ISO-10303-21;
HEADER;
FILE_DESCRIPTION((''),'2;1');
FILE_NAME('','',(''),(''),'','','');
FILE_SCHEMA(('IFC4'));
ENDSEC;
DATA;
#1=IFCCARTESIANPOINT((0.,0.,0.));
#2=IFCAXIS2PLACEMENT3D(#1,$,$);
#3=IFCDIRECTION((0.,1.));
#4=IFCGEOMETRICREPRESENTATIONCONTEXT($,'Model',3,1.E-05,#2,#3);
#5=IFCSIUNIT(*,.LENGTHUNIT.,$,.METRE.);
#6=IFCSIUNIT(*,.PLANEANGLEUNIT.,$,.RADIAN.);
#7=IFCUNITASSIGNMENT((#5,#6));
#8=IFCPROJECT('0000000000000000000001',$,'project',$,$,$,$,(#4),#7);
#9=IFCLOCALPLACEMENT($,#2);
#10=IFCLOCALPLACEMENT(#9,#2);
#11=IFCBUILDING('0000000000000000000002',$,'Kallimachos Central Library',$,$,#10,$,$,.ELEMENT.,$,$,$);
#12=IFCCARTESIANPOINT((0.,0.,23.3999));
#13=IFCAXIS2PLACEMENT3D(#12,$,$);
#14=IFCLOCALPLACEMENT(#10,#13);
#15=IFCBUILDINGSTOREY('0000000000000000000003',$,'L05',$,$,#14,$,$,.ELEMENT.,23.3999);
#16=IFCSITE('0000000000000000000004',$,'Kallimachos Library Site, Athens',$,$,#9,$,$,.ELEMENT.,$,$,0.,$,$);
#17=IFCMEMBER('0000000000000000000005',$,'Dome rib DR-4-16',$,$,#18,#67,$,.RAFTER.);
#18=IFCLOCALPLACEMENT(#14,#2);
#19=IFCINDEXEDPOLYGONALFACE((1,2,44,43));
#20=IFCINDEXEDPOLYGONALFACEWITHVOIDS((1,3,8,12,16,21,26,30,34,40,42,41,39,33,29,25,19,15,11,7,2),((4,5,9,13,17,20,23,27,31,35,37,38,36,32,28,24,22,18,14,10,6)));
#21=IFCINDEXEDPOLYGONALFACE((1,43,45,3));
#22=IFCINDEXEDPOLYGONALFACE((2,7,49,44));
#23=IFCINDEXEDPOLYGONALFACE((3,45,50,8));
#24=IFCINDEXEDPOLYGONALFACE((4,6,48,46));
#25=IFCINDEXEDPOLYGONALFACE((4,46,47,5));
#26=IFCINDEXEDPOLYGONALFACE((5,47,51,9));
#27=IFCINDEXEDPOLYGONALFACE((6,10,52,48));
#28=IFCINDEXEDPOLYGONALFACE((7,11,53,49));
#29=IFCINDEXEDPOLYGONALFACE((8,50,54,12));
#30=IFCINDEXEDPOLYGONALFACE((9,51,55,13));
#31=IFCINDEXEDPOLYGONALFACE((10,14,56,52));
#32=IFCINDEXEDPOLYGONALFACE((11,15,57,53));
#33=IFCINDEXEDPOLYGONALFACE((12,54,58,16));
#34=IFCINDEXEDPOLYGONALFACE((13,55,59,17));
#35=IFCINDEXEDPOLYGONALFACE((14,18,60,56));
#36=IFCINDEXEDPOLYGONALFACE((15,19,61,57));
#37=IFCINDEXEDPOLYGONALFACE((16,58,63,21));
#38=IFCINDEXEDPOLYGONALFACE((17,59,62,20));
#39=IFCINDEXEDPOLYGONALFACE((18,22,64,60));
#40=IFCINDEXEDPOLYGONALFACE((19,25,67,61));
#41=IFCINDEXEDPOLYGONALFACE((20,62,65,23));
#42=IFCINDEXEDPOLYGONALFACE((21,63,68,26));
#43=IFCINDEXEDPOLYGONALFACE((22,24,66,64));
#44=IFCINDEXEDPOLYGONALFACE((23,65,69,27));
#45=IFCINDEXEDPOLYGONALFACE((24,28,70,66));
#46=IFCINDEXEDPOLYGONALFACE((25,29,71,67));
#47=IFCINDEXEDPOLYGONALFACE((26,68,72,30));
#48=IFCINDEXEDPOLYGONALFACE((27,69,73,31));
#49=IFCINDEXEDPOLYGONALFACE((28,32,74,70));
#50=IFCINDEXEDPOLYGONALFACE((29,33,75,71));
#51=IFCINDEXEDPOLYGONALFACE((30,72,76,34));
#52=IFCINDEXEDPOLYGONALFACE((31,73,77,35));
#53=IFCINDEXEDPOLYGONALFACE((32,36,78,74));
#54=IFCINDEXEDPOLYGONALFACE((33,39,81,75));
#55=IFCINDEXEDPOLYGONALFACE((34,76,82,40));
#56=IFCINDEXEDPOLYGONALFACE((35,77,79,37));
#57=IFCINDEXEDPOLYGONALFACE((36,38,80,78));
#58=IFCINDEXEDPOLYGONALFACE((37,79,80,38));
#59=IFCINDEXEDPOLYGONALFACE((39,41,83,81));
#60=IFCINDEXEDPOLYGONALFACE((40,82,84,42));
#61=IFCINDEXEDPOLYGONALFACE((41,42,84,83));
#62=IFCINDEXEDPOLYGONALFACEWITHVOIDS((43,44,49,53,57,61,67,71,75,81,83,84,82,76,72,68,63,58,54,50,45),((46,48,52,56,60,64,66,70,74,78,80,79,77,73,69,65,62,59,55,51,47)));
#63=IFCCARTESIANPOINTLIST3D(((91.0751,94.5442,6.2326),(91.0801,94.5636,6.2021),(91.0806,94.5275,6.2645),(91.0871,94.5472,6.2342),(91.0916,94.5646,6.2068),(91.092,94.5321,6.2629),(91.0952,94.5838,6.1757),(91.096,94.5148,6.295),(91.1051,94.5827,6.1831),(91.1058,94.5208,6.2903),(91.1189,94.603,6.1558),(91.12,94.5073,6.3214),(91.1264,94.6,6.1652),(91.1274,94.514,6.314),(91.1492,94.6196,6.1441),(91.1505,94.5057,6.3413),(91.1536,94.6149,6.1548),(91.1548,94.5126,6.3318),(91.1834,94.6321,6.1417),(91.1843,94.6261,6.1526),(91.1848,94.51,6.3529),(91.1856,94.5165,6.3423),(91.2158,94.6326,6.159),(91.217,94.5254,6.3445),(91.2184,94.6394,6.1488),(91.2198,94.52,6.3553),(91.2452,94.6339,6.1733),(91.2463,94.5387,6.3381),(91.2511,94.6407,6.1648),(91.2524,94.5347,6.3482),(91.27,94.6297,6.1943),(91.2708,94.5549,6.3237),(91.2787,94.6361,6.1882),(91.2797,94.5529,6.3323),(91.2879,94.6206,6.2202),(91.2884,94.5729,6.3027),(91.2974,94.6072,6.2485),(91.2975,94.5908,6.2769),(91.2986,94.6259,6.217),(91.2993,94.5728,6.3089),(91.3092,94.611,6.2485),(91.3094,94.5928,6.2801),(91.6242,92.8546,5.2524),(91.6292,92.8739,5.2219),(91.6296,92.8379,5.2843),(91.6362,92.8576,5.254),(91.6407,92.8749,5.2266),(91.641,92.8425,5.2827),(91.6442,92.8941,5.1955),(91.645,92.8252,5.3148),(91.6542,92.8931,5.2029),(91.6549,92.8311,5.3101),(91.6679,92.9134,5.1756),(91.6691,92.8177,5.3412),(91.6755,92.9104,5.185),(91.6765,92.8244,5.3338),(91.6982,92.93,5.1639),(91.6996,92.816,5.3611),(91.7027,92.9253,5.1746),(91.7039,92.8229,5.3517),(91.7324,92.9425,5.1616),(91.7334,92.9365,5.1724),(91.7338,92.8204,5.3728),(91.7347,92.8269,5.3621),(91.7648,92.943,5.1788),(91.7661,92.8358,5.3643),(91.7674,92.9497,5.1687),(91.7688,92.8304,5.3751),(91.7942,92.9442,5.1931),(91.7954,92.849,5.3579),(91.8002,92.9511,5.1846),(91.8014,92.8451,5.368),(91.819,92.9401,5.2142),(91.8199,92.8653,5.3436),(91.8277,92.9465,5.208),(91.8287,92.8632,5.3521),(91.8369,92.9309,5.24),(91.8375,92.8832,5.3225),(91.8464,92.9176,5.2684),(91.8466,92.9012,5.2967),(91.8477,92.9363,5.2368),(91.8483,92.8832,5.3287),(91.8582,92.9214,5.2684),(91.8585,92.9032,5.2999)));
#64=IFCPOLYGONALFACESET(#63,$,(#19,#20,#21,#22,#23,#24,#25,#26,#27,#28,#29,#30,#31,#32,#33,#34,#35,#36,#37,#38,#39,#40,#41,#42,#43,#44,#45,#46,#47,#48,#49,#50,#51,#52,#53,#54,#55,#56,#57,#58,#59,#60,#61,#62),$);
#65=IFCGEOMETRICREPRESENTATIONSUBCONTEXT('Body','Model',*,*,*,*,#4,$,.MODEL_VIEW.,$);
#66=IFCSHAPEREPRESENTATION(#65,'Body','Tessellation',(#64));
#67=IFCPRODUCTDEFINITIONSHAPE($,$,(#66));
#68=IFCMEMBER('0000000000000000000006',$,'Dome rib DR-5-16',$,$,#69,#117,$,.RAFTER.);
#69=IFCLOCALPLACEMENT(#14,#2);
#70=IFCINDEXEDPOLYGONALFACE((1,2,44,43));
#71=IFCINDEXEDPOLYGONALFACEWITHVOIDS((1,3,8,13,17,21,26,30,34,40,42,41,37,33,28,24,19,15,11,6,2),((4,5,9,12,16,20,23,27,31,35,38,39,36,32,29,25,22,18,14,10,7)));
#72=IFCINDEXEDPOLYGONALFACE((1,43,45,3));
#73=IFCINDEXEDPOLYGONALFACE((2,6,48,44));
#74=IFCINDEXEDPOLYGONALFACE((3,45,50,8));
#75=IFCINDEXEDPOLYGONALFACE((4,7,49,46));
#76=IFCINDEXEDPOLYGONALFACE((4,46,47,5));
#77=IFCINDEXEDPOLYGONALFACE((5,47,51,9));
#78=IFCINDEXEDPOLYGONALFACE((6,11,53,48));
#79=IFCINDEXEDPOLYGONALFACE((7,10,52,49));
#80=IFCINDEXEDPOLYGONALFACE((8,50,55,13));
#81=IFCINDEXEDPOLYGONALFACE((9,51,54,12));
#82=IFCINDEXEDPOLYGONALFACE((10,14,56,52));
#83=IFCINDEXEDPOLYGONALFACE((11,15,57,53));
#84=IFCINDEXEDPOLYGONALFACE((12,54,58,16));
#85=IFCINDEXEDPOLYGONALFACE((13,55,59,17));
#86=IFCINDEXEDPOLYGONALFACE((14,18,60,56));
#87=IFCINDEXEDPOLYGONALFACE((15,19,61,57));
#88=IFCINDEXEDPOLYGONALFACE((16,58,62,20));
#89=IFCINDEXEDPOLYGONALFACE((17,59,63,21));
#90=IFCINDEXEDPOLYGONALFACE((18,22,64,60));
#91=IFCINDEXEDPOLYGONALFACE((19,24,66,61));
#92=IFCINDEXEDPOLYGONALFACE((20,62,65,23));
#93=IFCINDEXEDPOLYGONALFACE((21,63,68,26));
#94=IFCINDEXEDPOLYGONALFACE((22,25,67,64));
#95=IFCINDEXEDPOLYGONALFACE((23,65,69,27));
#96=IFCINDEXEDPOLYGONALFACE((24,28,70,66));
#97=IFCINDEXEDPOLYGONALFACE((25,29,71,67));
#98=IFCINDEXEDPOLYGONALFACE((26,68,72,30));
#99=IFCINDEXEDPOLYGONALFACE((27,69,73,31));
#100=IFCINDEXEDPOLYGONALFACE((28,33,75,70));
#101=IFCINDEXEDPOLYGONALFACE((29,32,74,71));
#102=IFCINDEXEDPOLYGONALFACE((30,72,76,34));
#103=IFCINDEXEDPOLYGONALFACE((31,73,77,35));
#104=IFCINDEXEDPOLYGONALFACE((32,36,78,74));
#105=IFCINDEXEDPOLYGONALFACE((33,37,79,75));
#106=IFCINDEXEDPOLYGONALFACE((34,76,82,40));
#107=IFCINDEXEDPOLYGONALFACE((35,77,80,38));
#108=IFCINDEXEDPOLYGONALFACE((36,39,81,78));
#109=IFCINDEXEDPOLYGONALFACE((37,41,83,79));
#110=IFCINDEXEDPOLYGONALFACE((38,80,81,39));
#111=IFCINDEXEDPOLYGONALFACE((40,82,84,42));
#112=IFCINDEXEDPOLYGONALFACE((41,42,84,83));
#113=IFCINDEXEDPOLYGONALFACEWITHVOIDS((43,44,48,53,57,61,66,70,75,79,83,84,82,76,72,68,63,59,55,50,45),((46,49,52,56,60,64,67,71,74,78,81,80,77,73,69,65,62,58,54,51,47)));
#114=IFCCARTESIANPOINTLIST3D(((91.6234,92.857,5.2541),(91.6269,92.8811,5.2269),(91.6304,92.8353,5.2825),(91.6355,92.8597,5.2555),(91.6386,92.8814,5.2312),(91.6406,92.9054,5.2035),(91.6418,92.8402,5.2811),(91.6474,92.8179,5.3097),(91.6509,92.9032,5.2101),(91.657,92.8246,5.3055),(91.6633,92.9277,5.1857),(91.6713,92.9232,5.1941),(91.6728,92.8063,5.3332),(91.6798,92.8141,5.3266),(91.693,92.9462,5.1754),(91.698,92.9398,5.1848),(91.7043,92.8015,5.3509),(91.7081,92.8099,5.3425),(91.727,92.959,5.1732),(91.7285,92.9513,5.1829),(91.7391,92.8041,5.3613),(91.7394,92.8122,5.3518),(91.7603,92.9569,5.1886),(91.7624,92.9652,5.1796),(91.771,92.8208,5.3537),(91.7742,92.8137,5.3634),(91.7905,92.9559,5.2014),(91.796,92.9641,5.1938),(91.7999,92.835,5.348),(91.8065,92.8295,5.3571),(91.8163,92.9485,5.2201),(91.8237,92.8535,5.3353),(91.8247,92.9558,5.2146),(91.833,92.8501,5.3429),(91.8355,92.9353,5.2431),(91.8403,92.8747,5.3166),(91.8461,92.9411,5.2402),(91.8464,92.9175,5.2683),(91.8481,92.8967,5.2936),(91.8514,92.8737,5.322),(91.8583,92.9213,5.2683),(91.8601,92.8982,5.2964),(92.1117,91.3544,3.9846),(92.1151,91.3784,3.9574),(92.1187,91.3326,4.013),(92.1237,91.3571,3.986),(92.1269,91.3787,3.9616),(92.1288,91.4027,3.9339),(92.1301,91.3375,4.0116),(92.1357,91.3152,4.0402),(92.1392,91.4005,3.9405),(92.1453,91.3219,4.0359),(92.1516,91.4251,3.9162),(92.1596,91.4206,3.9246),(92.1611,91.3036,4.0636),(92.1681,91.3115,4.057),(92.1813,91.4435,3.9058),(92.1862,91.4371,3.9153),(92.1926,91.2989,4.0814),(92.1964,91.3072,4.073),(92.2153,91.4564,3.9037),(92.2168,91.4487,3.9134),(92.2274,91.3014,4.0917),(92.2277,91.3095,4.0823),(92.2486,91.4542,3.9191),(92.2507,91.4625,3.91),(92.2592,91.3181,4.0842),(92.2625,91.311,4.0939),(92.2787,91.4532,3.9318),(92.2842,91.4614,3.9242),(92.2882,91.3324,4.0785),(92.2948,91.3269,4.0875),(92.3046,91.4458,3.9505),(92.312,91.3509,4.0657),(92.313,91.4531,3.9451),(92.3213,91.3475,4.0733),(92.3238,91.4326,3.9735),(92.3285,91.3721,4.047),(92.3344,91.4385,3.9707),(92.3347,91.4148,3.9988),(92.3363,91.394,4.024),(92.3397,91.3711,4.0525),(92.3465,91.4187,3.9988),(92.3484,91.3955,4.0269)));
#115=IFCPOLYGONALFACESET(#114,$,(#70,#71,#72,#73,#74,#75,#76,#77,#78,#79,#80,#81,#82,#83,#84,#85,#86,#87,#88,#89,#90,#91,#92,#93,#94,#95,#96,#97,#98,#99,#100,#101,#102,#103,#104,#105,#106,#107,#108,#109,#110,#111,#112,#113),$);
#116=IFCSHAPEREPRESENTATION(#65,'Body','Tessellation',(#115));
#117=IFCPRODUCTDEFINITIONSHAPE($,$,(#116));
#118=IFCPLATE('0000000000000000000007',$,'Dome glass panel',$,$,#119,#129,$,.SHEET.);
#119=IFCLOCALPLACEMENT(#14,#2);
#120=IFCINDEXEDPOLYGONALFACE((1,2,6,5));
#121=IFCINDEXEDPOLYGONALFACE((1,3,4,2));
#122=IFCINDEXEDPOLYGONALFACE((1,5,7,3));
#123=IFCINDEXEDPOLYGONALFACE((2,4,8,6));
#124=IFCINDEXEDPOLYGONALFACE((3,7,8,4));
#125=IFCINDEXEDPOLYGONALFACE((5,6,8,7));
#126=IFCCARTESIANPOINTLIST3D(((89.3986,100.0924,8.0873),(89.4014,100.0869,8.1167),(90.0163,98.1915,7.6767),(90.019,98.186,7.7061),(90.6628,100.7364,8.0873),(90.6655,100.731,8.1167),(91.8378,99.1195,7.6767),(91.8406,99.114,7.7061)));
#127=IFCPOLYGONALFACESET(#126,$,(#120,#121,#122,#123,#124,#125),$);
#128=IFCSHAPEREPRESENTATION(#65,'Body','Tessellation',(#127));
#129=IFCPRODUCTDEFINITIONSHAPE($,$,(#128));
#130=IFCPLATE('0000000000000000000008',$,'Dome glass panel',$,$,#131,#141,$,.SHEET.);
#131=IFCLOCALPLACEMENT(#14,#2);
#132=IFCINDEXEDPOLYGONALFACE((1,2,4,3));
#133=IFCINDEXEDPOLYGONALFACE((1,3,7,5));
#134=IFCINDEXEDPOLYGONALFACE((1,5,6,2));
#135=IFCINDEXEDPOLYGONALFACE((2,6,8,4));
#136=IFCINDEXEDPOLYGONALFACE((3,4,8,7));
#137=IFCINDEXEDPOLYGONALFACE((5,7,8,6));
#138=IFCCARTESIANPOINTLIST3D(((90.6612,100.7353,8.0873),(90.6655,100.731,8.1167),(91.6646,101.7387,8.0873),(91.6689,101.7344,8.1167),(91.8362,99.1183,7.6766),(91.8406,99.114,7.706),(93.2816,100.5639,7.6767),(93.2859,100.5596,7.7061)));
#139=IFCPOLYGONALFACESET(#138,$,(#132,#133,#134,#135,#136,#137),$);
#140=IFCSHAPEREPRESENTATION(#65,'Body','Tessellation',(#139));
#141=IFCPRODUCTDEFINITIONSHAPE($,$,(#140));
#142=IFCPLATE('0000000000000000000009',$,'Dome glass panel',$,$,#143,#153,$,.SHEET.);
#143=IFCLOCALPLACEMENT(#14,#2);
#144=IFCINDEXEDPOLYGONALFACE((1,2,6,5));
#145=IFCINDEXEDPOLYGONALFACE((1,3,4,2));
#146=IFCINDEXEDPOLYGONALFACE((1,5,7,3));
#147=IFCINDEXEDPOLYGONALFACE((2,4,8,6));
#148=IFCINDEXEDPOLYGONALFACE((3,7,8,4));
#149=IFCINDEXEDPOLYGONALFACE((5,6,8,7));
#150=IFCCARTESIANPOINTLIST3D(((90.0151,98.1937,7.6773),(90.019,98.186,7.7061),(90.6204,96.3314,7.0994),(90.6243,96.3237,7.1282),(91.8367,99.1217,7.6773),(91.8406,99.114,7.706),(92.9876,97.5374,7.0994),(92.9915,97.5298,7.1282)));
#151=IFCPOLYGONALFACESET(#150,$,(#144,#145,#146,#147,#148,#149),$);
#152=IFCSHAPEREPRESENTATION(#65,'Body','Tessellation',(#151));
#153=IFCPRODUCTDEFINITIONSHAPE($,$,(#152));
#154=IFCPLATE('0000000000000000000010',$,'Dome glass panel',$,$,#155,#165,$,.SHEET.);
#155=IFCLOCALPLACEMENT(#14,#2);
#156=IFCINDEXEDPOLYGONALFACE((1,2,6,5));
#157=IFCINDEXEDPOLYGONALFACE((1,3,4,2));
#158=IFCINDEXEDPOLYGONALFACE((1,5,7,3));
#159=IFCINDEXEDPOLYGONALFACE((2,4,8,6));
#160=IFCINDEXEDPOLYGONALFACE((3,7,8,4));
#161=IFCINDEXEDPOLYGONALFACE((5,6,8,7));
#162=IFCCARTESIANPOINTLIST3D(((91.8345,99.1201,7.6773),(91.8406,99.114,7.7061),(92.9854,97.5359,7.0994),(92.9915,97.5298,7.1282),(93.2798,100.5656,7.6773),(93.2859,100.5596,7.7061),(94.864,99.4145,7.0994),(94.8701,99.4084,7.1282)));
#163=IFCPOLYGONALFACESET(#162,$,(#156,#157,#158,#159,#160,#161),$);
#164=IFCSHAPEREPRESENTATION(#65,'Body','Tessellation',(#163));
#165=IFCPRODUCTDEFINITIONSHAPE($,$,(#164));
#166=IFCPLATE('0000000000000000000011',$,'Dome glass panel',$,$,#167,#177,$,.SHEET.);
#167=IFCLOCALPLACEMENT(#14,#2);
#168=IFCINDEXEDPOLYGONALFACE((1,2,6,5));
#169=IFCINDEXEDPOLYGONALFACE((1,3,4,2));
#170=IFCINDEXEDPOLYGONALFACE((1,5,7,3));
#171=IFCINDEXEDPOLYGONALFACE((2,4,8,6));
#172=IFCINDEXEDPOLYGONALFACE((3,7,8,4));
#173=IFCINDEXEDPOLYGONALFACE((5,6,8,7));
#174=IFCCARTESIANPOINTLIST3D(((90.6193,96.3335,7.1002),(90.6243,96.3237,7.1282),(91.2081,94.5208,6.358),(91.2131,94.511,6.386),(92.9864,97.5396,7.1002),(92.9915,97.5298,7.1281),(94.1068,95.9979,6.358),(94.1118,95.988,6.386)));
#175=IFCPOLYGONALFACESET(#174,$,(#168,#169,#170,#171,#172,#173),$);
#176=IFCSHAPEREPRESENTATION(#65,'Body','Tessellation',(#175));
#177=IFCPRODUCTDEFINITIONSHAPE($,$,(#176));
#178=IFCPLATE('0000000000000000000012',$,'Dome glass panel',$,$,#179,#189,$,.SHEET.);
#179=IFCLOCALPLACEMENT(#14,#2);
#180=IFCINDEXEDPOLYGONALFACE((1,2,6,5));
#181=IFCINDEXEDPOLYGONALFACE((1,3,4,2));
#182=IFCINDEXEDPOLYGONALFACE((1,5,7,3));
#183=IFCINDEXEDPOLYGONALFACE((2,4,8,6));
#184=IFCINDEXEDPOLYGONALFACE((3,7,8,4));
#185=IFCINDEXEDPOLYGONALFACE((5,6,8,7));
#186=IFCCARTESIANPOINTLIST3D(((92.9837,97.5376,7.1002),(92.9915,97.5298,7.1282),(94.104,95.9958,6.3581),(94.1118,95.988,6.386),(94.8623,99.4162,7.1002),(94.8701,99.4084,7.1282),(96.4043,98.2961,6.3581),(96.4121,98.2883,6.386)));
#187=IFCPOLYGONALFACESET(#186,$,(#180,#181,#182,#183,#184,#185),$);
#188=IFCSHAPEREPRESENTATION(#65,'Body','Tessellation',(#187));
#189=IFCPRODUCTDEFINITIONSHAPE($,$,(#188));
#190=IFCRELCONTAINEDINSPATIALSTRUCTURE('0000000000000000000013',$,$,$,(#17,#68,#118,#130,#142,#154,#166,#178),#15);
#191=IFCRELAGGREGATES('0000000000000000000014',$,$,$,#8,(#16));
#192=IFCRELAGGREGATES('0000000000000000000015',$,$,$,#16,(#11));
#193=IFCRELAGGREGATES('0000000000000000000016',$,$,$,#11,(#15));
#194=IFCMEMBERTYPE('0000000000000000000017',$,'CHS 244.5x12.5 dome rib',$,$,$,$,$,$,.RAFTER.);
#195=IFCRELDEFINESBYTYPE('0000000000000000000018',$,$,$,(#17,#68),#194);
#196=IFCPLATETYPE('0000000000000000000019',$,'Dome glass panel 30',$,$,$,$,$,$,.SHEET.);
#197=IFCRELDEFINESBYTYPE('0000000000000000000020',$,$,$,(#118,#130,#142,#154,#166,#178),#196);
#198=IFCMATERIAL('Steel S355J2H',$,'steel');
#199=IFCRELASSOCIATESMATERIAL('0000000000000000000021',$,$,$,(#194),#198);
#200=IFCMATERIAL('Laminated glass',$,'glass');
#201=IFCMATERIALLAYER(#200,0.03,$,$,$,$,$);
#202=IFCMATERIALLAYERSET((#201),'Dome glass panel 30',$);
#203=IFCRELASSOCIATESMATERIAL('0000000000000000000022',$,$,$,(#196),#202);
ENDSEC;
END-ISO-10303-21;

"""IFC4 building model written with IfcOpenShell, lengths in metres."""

from ifc_helpers import new_model, si_unit, direction, frame, origin, origin_2d, place, context, subcontext, project, spatial, polyline, hollow_circle, outline, extrude, material, layer, layer_set, material_profile, profile_set, type_object, element, save


model = new_model("IFC4")

# Units and contexts
model_context = context("Model", 3, precision=1e-05, world=origin(), true_north=direction((0.0, 1.0)))
body_context = subcontext(model_context, "Body", "Model", "MODEL_VIEW")
ifc_project = project(units=[si_unit("LENGTHUNIT", "METRE"), si_unit("PLANEANGLEUNIT", "RADIAN")], contexts=[model_context])

# Site, building, storey
site_placement = place(None, origin())
site = spatial("IfcSite", under=ifc_project, at=site_placement, Name="Kallimachos Library Site, Athens", CompositionType="ELEMENT", RefElevation=0.0)
building_placement = place(site_placement, origin())
building = spatial("IfcBuilding", under=site, at=building_placement, Name="Kallimachos Central Library", CompositionType="ELEMENT")
storey_placement = place(building_placement, frame((0.0, 0.0, 23.3999)))
storey = spatial("IfcBuildingStorey", under=building, at=storey_placement, Name="L05", CompositionType="ELEMENT", Elevation=23.3999)

# Members
ifc_material_1 = material(Name="Steel S355J2H", Category="steel")
ifc_material_profile_1 = material_profile(ifc_material_1, hollow_circle(Radius=0.1223, WallThickness=0.0125, at=origin_2d()), Name="CHS 244.5x12.5")
ifc_profile_set_1 = profile_set([ifc_material_profile_1], Name="Steel S355J2H")
member_type_1 = type_object("IfcMemberType", Name="CHS 244.5x12.5 dome rib", PredefinedType="RAFTER", material=ifc_profile_set_1)
member_1_placement = place(storey_placement, frame((91.1929, 94.5732, 6.2485), z_axis=(0.270594, -0.832717, -0.483075), x_axis=(0.951047, 0.309046, 0.0)))
element("IfcMember", 1, at=member_1_placement, inside=storey, type_object=member_type_1, Name="Dome rib DR-4-16", PredefinedType="RAFTER", context=body_context, shape_type="SweptSolid", body=[
    extrude(hollow_circle(Radius=0.1223, WallThickness=0.0125, at=origin_2d()), origin(), (0.0, 0.0, 1.0), 2.0291),
])
member_2_placement = place(storey_placement, frame((91.7419, 92.8835, 5.2683), z_axis=(0.240904, -0.741383, -0.626351), x_axis=(0.951051, 0.309034, 0.0)))
element("IfcMember", 2, at=member_2_placement, inside=storey, type_object=member_type_1, Name="Dome rib DR-5-16", PredefinedType="RAFTER", context=body_context, shape_type="SweptSolid", body=[
    extrude(hollow_circle(Radius=0.1223, WallThickness=0.0125, at=origin_2d()), origin(), (0.0, 0.0, 1.0), 2.0269),
])

# Plates
ifc_material_2 = material(Name="Laminated glass", Category="glass")
ifc_layer = layer(ifc_material_2, 0.03)
ifc_layer_set = layer_set([ifc_layer], Name="Dome glass panel 30")
plate_type = type_object("IfcPlateType", Name="Dome glass panel 30", PredefinedType="SHEET", material=ifc_layer_set)
plate_1_placement = place(storey_placement, frame((89.4014, 100.0869, 8.1167), z_axis=(0.092446, -0.181461, 0.979043), x_axis=(0.302713, -0.931592, -0.20125)))
element("IfcPlate", 3, at=plate_1_placement, inside=storey, type_object=plate_type, Name="Dome glass panel", PredefinedType="SHEET", context=body_context, shape_type="SweptSolid", body=[
    extrude(outline(polyline([(0.0, 0.0), (2.0405, 0.0), (1.7274, 2.0202), (-0.2173, 1.402), (0.0, 0.0)])), origin(), (0.0, 0.0, -1.0), 0.03),
])
plate_2_placement = place(storey_placement, frame((90.6655, 100.731, 8.1167), z_axis=(0.144011, -0.143996, 0.979043), x_axis=(0.575846, -0.792402, -0.201248)))
element("IfcPlate", 4, at=plate_2_placement, inside=storey, type_object=plate_type, Name="Dome glass panel", PredefinedType="SHEET", context=body_context, shape_type="SweptSolid", body=[
    extrude(outline(polyline([(0.0, 0.0), (2.0406, 0.0), (1.7274, 2.02), (-0.2173, 1.4023), (0.0, 0.0)])), origin(), (0.0, 0.0, -1.0), 0.03),
])
plate_3_placement = place(storey_placement, frame((90.019, 98.186, 7.7061), z_axis=(0.129959, -0.255087, 0.958145), x_axis=(0.296435, -0.912146, -0.283048)))
element("IfcPlate", 5, at=plate_3_placement, inside=storey, type_object=plate_type, Name="Dome glass panel", PredefinedType="SHEET", context=body_context, shape_type="SweptSolid", body=[
    extrude(outline(polyline([(0.0, 0.0), (2.0417, 0.0), (1.6433, 2.6267), (-0.3065, 2.0212), (0.0, 0.0)])), origin(), (0.0, 0.0, -1.0), 0.03),
])
plate_4_placement = place(storey_placement, frame((91.8406, 99.114, 7.7061), z_axis=(0.202438, -0.202423, 0.958146), x_axis=(0.563709, -0.775966, -0.283036)))
element("IfcPlate", 6, at=plate_4_placement, inside=storey, type_object=plate_type, Name="Dome glass panel", PredefinedType="SHEET", context=body_context, shape_type="SweptSolid", body=[
    extrude(outline(polyline([(0.0, 0.0), (2.0416, 0.0), (1.6429, 2.6267), (-0.307, 2.021), (0.0, 0.0)])), origin(), (0.0, 0.0, -1.0), 0.03),
])
plate_5_placement = place(storey_placement, frame((90.6243, 96.3237, 7.1282), z_axis=(0.166521, -0.326814, 0.930303), x_axis=(0.287896, -0.886251, -0.362871)))
element("IfcPlate", 7, at=plate_5_placement, inside=storey, type_object=plate_type, Name="Dome glass panel", PredefinedType="SHEET", context=body_context, shape_type="SweptSolid", body=[
    extrude(outline(polyline([(0.0, 0.0), (2.0454, 0.0), (1.5709, 3.2185), (-0.3874, 2.6283), (0.0, 0.0)])), origin(), (0.0, 0.0, -1.0), 0.03),
])
plate_6_placement = place(storey_placement, frame((92.9915, 97.5298, 7.1282), z_axis=(0.259365, -0.259365, 0.930301), x_axis=(0.547788, -0.75382, -0.362884)))
element("IfcPlate", 8, at=plate_6_placement, inside=storey, type_object=plate_type, Name="Dome glass panel", PredefinedType="SHEET", context=body_context, shape_type="SweptSolid", body=[
    extrude(outline(polyline([(0.0, 0.0), (2.0452, 0.0), (1.5713, 3.2184), (-0.3871, 2.6285), (0.0, 0.0)])), origin(), (0.0, 0.0, -1.0), 0.03),
])

save(model, "model.ifc")
